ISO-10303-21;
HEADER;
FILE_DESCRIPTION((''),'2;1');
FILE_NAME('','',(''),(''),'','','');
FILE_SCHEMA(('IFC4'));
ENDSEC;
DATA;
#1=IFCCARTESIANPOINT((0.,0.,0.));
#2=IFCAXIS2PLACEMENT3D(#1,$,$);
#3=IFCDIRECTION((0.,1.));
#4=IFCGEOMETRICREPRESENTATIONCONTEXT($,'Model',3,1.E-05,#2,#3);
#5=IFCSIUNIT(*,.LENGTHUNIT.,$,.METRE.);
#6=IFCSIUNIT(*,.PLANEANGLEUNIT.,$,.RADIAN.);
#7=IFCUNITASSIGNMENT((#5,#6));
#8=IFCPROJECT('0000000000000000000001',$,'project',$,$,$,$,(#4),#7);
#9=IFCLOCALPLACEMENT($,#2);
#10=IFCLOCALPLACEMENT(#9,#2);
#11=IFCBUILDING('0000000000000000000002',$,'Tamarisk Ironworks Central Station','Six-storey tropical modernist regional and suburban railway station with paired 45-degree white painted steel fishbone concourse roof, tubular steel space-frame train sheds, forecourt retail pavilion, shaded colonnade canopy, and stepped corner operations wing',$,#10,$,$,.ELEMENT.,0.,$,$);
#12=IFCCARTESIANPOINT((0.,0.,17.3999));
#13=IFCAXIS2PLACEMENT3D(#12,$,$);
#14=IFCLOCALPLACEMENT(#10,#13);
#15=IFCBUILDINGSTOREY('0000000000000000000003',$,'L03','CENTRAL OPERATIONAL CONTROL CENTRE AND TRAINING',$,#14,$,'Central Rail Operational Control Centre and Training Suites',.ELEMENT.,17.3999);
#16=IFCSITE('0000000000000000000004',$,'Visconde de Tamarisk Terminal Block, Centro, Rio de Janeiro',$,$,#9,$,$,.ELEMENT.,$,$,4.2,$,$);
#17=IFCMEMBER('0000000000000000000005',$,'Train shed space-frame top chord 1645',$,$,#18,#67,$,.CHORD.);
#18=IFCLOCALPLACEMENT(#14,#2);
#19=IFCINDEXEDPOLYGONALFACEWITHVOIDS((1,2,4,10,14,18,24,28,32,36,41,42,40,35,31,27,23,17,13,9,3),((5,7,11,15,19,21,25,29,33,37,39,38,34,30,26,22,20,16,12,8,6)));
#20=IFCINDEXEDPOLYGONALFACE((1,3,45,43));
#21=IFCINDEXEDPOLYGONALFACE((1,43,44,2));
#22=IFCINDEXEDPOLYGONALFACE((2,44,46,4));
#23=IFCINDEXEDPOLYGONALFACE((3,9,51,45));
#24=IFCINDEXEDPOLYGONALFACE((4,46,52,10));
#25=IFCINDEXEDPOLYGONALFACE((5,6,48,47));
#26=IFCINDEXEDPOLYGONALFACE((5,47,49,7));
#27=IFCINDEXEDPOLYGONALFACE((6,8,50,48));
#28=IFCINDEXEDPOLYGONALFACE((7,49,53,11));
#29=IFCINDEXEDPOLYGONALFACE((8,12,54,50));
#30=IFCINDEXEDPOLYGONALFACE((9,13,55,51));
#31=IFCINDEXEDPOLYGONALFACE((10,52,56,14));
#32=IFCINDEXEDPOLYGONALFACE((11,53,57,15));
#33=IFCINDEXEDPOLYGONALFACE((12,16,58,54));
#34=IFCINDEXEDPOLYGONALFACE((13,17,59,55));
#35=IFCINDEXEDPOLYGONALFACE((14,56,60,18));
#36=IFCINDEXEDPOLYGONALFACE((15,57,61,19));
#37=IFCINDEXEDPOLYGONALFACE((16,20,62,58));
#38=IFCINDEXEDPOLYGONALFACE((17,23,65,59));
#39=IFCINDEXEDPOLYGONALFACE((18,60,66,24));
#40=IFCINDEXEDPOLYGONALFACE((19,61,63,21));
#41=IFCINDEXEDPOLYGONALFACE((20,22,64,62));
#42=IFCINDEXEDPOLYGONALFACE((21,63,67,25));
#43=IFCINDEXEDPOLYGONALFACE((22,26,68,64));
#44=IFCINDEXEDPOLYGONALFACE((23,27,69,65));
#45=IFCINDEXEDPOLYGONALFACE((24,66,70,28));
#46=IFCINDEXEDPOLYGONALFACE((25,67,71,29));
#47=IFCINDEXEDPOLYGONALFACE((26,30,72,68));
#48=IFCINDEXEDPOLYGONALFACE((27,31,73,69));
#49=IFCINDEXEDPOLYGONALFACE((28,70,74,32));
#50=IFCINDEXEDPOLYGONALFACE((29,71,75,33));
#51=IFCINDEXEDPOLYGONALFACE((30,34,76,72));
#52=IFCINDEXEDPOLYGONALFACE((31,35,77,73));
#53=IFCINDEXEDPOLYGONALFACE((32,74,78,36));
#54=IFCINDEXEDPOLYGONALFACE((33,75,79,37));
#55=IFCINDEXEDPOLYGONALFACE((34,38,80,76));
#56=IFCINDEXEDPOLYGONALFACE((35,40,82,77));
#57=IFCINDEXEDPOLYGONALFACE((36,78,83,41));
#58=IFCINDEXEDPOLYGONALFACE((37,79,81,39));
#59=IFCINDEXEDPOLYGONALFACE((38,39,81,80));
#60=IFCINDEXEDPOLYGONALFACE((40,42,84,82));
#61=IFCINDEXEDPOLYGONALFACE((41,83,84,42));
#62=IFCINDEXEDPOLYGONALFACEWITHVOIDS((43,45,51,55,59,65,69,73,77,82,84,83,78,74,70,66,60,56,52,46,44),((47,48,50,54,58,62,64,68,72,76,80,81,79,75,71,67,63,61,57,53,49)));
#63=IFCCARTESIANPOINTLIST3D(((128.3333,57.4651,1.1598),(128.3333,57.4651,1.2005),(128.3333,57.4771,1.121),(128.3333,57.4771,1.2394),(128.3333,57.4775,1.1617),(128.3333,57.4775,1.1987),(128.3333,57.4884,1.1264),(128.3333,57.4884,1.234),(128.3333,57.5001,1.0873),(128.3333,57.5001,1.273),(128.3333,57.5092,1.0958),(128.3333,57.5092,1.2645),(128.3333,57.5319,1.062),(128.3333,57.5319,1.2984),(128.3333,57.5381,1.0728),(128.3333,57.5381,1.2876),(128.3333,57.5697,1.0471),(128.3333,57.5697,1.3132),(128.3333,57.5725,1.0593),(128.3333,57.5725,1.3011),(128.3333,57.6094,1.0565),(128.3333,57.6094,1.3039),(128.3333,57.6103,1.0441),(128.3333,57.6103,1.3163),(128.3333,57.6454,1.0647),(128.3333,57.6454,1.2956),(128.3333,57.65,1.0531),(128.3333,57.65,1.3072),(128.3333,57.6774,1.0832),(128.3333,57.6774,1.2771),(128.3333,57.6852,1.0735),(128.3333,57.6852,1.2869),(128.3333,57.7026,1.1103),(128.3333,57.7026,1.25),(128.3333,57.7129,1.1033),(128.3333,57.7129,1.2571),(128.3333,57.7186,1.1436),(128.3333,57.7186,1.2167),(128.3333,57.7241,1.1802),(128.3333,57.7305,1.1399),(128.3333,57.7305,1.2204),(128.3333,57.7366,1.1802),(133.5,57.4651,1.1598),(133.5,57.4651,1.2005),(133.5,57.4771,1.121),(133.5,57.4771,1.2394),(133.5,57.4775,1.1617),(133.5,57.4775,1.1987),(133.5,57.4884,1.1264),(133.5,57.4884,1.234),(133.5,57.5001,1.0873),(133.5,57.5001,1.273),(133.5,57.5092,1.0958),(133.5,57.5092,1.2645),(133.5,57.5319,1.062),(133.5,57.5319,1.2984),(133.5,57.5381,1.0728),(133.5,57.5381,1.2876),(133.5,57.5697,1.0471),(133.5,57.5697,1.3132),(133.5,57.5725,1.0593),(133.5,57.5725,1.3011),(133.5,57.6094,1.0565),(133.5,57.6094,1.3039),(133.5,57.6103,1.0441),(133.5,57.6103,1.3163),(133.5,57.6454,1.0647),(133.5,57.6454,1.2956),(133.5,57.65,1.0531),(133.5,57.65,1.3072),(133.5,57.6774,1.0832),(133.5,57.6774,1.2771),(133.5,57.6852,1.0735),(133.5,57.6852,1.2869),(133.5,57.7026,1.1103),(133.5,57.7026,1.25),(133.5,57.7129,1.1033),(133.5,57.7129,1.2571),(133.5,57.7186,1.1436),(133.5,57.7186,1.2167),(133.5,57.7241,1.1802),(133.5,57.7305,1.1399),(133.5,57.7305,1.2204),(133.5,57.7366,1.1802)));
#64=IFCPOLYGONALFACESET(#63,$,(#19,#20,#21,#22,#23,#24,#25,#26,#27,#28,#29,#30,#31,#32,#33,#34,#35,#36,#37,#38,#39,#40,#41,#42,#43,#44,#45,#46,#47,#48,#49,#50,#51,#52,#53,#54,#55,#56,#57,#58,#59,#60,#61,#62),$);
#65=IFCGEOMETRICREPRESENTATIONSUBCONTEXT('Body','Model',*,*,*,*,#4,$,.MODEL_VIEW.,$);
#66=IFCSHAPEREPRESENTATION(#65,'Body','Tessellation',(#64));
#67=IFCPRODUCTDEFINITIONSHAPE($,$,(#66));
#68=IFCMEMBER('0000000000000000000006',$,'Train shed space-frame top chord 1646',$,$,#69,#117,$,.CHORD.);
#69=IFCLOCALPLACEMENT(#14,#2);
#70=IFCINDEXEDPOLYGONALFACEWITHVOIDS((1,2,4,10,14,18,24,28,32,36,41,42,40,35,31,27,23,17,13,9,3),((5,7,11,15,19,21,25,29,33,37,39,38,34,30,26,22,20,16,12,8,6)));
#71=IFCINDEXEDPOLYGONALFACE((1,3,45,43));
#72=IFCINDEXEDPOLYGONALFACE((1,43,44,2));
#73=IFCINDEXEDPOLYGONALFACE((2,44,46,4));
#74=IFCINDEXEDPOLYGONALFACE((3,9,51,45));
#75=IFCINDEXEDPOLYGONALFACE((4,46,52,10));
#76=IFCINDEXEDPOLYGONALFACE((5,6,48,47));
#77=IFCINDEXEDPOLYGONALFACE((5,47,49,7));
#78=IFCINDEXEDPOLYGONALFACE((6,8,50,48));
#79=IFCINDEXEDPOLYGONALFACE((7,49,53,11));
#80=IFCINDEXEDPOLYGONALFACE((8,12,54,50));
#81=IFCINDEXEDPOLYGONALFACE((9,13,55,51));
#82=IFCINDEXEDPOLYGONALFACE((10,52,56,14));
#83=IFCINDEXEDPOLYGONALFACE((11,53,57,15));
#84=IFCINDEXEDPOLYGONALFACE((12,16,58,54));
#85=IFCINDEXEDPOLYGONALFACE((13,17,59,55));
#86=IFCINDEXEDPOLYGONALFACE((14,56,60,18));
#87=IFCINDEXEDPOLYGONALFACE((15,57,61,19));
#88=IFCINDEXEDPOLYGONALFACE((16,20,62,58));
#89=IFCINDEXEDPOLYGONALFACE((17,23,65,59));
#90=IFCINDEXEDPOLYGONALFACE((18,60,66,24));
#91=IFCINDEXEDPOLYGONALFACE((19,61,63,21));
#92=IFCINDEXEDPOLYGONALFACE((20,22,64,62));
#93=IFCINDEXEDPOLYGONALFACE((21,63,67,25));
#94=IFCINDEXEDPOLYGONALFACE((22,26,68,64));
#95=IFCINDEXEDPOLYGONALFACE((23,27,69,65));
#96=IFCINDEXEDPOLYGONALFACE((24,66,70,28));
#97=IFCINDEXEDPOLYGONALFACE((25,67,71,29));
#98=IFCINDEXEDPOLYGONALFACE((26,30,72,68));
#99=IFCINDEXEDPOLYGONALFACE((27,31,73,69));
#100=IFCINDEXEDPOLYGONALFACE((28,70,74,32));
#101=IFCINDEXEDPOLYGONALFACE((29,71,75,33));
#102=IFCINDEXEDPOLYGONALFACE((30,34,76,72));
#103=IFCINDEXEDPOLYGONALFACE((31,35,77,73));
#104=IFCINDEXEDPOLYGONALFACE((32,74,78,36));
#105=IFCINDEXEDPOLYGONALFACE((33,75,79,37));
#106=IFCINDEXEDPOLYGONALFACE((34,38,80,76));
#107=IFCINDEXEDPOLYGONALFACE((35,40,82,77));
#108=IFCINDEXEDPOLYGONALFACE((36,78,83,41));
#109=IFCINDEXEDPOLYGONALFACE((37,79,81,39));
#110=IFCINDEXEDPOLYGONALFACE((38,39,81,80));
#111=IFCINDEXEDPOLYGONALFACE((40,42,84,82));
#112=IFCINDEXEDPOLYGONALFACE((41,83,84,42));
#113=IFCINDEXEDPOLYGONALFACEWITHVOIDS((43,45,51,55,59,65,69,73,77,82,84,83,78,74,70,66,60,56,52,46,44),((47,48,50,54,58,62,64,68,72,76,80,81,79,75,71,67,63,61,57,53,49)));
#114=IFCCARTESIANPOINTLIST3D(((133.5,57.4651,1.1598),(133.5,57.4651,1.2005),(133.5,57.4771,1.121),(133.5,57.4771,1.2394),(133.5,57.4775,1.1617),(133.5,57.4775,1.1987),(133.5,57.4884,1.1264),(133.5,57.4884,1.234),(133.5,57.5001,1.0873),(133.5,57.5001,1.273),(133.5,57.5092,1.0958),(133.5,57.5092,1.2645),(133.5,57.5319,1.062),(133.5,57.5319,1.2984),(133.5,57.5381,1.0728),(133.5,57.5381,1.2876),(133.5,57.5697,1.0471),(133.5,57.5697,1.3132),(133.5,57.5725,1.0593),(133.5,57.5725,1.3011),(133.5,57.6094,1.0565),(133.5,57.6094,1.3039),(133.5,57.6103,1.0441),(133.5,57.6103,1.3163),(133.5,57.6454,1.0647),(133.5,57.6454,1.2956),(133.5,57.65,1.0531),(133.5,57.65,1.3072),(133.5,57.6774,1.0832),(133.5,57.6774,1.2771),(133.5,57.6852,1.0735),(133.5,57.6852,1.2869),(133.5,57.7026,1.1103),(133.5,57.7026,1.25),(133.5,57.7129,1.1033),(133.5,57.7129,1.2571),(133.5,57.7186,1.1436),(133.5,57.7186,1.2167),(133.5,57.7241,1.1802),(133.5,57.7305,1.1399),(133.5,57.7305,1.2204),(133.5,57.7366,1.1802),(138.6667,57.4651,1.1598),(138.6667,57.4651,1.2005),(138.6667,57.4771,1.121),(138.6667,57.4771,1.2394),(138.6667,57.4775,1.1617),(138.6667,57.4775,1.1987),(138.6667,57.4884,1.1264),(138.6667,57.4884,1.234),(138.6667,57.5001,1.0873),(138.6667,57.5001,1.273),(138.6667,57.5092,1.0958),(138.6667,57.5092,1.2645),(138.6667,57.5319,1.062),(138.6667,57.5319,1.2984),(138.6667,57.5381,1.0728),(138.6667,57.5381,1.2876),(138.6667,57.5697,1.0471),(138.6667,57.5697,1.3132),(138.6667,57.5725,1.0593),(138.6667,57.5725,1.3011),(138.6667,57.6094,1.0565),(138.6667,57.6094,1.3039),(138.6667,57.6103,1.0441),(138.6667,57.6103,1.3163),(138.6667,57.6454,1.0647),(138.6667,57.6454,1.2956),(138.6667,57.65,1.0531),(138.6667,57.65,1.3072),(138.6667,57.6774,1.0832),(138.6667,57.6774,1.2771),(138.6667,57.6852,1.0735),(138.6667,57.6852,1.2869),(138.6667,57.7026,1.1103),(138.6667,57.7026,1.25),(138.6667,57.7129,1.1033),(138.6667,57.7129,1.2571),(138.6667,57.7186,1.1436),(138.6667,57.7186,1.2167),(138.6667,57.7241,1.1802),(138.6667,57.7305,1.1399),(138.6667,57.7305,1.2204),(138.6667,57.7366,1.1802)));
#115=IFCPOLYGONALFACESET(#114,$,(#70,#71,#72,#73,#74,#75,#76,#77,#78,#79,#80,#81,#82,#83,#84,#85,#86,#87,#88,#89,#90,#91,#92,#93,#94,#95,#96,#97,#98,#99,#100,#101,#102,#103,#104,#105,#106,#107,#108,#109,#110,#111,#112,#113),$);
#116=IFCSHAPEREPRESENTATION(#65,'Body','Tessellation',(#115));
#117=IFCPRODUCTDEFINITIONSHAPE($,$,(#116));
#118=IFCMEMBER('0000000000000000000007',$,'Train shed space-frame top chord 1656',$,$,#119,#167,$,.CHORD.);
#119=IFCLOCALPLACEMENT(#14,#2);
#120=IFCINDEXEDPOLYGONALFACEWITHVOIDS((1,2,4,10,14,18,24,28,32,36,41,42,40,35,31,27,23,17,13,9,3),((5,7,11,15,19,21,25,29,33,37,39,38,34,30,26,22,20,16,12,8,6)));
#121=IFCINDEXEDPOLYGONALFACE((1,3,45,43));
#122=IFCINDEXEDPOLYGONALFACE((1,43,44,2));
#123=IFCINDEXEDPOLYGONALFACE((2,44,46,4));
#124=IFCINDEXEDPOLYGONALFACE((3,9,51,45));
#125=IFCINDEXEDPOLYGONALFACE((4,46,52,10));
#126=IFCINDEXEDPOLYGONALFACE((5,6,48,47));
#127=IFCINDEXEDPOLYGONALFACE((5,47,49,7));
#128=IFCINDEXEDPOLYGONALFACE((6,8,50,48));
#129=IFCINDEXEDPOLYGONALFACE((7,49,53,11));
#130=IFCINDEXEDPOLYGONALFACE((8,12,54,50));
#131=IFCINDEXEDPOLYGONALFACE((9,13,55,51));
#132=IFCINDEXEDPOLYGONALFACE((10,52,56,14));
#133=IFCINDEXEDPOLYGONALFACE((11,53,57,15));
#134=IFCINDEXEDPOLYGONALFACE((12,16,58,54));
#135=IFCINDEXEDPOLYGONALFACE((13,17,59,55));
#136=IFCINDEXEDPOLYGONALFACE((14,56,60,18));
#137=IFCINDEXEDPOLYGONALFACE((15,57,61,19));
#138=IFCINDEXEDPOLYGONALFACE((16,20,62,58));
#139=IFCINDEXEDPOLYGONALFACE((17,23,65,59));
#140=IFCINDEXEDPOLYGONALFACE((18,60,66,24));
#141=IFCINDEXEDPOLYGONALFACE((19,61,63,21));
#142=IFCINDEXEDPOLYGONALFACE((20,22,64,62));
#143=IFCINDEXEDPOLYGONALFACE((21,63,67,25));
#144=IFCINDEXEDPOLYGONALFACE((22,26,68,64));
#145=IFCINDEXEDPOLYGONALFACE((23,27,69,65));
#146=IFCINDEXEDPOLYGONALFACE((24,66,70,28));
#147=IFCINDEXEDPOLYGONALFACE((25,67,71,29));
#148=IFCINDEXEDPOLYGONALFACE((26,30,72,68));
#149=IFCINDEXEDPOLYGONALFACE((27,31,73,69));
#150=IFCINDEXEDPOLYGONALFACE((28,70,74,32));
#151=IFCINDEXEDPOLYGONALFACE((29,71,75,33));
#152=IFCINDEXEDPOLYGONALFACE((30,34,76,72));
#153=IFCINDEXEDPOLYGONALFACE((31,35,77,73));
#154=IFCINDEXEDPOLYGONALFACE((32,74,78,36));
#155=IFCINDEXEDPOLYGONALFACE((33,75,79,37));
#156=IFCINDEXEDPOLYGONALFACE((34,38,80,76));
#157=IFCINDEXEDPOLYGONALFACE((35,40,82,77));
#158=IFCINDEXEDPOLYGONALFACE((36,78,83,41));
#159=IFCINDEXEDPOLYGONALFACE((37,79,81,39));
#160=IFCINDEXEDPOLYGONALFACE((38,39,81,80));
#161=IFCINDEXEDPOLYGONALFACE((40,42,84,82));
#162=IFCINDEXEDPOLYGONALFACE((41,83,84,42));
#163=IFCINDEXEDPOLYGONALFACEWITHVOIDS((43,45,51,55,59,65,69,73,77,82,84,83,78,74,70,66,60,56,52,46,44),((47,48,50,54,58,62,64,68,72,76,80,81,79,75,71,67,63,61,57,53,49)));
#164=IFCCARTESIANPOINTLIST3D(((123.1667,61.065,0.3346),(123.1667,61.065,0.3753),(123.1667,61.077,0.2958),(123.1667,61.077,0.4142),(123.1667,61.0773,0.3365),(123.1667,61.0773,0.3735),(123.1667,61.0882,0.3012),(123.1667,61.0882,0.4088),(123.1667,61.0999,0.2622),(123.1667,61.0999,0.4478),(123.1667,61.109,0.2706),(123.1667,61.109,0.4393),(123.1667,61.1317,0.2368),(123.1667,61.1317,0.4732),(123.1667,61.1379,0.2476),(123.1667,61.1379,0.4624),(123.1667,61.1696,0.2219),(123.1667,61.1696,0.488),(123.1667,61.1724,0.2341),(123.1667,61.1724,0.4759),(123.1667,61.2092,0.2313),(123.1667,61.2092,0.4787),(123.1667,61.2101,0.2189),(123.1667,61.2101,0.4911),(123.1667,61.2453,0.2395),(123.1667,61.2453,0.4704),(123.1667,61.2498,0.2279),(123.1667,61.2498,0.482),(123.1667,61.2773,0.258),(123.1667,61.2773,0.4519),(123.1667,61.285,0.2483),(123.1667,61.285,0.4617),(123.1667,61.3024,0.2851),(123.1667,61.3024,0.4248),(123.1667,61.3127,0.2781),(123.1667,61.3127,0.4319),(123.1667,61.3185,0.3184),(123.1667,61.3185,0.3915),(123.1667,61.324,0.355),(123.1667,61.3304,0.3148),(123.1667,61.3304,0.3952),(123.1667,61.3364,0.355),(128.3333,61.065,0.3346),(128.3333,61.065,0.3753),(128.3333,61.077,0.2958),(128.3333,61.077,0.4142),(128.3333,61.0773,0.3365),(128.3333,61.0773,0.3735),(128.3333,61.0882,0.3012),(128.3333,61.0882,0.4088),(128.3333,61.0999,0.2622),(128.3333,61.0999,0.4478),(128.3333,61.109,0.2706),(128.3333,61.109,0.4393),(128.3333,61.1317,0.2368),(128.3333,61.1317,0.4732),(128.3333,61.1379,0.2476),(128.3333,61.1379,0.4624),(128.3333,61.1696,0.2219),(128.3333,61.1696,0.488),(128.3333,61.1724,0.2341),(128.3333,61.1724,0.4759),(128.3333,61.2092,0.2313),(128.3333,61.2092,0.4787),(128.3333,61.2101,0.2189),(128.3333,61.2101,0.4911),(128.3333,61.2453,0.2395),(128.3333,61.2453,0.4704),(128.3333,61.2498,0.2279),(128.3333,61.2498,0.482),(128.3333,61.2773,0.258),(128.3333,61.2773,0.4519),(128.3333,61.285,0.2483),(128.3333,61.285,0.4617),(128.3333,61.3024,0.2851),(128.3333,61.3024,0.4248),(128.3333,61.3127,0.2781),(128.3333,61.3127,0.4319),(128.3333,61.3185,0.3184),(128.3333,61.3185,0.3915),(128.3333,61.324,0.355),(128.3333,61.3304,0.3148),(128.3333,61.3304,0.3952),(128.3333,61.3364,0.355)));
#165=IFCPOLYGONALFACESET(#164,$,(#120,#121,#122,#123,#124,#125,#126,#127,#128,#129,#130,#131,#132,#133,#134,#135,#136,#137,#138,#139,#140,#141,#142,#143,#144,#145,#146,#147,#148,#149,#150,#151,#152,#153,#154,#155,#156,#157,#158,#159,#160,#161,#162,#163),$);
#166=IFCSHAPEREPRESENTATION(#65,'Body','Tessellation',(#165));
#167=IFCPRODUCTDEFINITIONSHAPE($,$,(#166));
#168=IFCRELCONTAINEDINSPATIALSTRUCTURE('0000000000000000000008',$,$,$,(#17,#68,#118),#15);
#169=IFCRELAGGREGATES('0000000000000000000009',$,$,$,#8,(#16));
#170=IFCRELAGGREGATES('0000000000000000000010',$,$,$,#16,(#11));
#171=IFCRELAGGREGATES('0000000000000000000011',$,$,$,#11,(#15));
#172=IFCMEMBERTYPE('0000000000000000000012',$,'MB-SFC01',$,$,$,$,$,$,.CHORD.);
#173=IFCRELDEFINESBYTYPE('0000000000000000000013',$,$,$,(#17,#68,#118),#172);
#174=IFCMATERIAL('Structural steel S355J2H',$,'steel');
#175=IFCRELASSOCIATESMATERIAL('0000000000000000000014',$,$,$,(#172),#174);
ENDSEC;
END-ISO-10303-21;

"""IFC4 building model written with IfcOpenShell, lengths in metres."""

from ifc_helpers import new_model, si_unit, direction, frame, origin, origin_2d, place, context, subcontext, project, spatial, hollow_circle, extrude, material, material_profile, profile_set, type_object, element, save


model = new_model("IFC4")

# Units and contexts
model_context = context("Model", 3, precision=1e-05, world=origin(), true_north=direction((0.0, 1.0)))
body_context = subcontext(model_context, "Body", "Model", "MODEL_VIEW")
ifc_project = project(units=[si_unit("LENGTHUNIT", "METRE"), si_unit("PLANEANGLEUNIT", "RADIAN")], contexts=[model_context])

# Site, building, storey
site_placement = place(None, origin())
site = spatial("IfcSite", under=ifc_project, at=site_placement, Name="Visconde de Tamarisk Terminal Block, Centro, Rio de Janeiro", CompositionType="ELEMENT", RefElevation=4.2)
building_placement = place(site_placement, origin())
building = spatial("IfcBuilding", under=site, at=building_placement, Name="Tamarisk Ironworks Central Station", Description="Six-storey tropical modernist regional and suburban railway station with paired 45-degree white painted steel fishbone concourse roof, tubular steel space-frame train sheds, forecourt retail pavilion, shaded colonnade canopy, and stepped corner operations wing", CompositionType="ELEMENT", ElevationOfRefHeight=0.0)
storey_placement = place(building_placement, frame((0.0, 0.0, 17.3999)))
storey = spatial("IfcBuildingStorey", under=building, at=storey_placement, Name="L03", Description="CENTRAL OPERATIONAL CONTROL CENTRE AND TRAINING", LongName="Central Rail Operational Control Centre and Training Suites", CompositionType="ELEMENT", Elevation=17.3999)

# Members
ifc_material = material(Name="Structural steel S355J2H", Category="steel")
ifc_material_profile_1 = material_profile(ifc_material, hollow_circle(Radius=0.1365, WallThickness=0.0125, at=origin_2d()), Name="CHS 273x12.5")
ifc_profile_set_1 = profile_set([ifc_material_profile_1], Name="Structural steel S355J2H")
member_type_1 = type_object("IfcMemberType", Name="MB-SFC01", PredefinedType="CHORD", material=ifc_profile_set_1)
for number, where, z_axis, x_axis, name in (
    (1, (128.3333, 57.6001, 1.1802), (1.0, 0.0, 0.0), (0.0, 1.0, 0.0), "Train shed space-frame top chord 1645"),
    (2, (133.5, 57.6001, 1.1802), (1.0, 0.0, 0.0), (0.0, 1.0, 0.0), "Train shed space-frame top chord 1646"),
):
    element("IfcMember", number, at=place(storey_placement, frame(where, z_axis=z_axis, x_axis=x_axis)), inside=storey, type_object=member_type_1, Name=name, PredefinedType="CHORD", context=body_context, shape_type="SweptSolid", body=[
        extrude(hollow_circle(Radius=0.1365, WallThickness=0.0125, at=origin_2d()), origin(), (0.0, 0.0, 1.0), 5.1667),
    ])
member_1_placement = place(storey_placement, frame((123.1667, 61.2, 0.355), z_axis=(1.0, 0.0, 0.0), x_axis=(0.0, 1.0, 0.0)))
element("IfcMember", 3, at=member_1_placement, inside=storey, type_object=member_type_1, Name="Train shed space-frame top chord 1656", PredefinedType="CHORD", context=body_context, shape_type="SweptSolid", body=[
    extrude(hollow_circle(Radius=0.1365, WallThickness=0.0125, at=origin_2d()), origin(), (0.0, 0.0, 1.0), 5.1665),
])

save(model, "model.ifc")
